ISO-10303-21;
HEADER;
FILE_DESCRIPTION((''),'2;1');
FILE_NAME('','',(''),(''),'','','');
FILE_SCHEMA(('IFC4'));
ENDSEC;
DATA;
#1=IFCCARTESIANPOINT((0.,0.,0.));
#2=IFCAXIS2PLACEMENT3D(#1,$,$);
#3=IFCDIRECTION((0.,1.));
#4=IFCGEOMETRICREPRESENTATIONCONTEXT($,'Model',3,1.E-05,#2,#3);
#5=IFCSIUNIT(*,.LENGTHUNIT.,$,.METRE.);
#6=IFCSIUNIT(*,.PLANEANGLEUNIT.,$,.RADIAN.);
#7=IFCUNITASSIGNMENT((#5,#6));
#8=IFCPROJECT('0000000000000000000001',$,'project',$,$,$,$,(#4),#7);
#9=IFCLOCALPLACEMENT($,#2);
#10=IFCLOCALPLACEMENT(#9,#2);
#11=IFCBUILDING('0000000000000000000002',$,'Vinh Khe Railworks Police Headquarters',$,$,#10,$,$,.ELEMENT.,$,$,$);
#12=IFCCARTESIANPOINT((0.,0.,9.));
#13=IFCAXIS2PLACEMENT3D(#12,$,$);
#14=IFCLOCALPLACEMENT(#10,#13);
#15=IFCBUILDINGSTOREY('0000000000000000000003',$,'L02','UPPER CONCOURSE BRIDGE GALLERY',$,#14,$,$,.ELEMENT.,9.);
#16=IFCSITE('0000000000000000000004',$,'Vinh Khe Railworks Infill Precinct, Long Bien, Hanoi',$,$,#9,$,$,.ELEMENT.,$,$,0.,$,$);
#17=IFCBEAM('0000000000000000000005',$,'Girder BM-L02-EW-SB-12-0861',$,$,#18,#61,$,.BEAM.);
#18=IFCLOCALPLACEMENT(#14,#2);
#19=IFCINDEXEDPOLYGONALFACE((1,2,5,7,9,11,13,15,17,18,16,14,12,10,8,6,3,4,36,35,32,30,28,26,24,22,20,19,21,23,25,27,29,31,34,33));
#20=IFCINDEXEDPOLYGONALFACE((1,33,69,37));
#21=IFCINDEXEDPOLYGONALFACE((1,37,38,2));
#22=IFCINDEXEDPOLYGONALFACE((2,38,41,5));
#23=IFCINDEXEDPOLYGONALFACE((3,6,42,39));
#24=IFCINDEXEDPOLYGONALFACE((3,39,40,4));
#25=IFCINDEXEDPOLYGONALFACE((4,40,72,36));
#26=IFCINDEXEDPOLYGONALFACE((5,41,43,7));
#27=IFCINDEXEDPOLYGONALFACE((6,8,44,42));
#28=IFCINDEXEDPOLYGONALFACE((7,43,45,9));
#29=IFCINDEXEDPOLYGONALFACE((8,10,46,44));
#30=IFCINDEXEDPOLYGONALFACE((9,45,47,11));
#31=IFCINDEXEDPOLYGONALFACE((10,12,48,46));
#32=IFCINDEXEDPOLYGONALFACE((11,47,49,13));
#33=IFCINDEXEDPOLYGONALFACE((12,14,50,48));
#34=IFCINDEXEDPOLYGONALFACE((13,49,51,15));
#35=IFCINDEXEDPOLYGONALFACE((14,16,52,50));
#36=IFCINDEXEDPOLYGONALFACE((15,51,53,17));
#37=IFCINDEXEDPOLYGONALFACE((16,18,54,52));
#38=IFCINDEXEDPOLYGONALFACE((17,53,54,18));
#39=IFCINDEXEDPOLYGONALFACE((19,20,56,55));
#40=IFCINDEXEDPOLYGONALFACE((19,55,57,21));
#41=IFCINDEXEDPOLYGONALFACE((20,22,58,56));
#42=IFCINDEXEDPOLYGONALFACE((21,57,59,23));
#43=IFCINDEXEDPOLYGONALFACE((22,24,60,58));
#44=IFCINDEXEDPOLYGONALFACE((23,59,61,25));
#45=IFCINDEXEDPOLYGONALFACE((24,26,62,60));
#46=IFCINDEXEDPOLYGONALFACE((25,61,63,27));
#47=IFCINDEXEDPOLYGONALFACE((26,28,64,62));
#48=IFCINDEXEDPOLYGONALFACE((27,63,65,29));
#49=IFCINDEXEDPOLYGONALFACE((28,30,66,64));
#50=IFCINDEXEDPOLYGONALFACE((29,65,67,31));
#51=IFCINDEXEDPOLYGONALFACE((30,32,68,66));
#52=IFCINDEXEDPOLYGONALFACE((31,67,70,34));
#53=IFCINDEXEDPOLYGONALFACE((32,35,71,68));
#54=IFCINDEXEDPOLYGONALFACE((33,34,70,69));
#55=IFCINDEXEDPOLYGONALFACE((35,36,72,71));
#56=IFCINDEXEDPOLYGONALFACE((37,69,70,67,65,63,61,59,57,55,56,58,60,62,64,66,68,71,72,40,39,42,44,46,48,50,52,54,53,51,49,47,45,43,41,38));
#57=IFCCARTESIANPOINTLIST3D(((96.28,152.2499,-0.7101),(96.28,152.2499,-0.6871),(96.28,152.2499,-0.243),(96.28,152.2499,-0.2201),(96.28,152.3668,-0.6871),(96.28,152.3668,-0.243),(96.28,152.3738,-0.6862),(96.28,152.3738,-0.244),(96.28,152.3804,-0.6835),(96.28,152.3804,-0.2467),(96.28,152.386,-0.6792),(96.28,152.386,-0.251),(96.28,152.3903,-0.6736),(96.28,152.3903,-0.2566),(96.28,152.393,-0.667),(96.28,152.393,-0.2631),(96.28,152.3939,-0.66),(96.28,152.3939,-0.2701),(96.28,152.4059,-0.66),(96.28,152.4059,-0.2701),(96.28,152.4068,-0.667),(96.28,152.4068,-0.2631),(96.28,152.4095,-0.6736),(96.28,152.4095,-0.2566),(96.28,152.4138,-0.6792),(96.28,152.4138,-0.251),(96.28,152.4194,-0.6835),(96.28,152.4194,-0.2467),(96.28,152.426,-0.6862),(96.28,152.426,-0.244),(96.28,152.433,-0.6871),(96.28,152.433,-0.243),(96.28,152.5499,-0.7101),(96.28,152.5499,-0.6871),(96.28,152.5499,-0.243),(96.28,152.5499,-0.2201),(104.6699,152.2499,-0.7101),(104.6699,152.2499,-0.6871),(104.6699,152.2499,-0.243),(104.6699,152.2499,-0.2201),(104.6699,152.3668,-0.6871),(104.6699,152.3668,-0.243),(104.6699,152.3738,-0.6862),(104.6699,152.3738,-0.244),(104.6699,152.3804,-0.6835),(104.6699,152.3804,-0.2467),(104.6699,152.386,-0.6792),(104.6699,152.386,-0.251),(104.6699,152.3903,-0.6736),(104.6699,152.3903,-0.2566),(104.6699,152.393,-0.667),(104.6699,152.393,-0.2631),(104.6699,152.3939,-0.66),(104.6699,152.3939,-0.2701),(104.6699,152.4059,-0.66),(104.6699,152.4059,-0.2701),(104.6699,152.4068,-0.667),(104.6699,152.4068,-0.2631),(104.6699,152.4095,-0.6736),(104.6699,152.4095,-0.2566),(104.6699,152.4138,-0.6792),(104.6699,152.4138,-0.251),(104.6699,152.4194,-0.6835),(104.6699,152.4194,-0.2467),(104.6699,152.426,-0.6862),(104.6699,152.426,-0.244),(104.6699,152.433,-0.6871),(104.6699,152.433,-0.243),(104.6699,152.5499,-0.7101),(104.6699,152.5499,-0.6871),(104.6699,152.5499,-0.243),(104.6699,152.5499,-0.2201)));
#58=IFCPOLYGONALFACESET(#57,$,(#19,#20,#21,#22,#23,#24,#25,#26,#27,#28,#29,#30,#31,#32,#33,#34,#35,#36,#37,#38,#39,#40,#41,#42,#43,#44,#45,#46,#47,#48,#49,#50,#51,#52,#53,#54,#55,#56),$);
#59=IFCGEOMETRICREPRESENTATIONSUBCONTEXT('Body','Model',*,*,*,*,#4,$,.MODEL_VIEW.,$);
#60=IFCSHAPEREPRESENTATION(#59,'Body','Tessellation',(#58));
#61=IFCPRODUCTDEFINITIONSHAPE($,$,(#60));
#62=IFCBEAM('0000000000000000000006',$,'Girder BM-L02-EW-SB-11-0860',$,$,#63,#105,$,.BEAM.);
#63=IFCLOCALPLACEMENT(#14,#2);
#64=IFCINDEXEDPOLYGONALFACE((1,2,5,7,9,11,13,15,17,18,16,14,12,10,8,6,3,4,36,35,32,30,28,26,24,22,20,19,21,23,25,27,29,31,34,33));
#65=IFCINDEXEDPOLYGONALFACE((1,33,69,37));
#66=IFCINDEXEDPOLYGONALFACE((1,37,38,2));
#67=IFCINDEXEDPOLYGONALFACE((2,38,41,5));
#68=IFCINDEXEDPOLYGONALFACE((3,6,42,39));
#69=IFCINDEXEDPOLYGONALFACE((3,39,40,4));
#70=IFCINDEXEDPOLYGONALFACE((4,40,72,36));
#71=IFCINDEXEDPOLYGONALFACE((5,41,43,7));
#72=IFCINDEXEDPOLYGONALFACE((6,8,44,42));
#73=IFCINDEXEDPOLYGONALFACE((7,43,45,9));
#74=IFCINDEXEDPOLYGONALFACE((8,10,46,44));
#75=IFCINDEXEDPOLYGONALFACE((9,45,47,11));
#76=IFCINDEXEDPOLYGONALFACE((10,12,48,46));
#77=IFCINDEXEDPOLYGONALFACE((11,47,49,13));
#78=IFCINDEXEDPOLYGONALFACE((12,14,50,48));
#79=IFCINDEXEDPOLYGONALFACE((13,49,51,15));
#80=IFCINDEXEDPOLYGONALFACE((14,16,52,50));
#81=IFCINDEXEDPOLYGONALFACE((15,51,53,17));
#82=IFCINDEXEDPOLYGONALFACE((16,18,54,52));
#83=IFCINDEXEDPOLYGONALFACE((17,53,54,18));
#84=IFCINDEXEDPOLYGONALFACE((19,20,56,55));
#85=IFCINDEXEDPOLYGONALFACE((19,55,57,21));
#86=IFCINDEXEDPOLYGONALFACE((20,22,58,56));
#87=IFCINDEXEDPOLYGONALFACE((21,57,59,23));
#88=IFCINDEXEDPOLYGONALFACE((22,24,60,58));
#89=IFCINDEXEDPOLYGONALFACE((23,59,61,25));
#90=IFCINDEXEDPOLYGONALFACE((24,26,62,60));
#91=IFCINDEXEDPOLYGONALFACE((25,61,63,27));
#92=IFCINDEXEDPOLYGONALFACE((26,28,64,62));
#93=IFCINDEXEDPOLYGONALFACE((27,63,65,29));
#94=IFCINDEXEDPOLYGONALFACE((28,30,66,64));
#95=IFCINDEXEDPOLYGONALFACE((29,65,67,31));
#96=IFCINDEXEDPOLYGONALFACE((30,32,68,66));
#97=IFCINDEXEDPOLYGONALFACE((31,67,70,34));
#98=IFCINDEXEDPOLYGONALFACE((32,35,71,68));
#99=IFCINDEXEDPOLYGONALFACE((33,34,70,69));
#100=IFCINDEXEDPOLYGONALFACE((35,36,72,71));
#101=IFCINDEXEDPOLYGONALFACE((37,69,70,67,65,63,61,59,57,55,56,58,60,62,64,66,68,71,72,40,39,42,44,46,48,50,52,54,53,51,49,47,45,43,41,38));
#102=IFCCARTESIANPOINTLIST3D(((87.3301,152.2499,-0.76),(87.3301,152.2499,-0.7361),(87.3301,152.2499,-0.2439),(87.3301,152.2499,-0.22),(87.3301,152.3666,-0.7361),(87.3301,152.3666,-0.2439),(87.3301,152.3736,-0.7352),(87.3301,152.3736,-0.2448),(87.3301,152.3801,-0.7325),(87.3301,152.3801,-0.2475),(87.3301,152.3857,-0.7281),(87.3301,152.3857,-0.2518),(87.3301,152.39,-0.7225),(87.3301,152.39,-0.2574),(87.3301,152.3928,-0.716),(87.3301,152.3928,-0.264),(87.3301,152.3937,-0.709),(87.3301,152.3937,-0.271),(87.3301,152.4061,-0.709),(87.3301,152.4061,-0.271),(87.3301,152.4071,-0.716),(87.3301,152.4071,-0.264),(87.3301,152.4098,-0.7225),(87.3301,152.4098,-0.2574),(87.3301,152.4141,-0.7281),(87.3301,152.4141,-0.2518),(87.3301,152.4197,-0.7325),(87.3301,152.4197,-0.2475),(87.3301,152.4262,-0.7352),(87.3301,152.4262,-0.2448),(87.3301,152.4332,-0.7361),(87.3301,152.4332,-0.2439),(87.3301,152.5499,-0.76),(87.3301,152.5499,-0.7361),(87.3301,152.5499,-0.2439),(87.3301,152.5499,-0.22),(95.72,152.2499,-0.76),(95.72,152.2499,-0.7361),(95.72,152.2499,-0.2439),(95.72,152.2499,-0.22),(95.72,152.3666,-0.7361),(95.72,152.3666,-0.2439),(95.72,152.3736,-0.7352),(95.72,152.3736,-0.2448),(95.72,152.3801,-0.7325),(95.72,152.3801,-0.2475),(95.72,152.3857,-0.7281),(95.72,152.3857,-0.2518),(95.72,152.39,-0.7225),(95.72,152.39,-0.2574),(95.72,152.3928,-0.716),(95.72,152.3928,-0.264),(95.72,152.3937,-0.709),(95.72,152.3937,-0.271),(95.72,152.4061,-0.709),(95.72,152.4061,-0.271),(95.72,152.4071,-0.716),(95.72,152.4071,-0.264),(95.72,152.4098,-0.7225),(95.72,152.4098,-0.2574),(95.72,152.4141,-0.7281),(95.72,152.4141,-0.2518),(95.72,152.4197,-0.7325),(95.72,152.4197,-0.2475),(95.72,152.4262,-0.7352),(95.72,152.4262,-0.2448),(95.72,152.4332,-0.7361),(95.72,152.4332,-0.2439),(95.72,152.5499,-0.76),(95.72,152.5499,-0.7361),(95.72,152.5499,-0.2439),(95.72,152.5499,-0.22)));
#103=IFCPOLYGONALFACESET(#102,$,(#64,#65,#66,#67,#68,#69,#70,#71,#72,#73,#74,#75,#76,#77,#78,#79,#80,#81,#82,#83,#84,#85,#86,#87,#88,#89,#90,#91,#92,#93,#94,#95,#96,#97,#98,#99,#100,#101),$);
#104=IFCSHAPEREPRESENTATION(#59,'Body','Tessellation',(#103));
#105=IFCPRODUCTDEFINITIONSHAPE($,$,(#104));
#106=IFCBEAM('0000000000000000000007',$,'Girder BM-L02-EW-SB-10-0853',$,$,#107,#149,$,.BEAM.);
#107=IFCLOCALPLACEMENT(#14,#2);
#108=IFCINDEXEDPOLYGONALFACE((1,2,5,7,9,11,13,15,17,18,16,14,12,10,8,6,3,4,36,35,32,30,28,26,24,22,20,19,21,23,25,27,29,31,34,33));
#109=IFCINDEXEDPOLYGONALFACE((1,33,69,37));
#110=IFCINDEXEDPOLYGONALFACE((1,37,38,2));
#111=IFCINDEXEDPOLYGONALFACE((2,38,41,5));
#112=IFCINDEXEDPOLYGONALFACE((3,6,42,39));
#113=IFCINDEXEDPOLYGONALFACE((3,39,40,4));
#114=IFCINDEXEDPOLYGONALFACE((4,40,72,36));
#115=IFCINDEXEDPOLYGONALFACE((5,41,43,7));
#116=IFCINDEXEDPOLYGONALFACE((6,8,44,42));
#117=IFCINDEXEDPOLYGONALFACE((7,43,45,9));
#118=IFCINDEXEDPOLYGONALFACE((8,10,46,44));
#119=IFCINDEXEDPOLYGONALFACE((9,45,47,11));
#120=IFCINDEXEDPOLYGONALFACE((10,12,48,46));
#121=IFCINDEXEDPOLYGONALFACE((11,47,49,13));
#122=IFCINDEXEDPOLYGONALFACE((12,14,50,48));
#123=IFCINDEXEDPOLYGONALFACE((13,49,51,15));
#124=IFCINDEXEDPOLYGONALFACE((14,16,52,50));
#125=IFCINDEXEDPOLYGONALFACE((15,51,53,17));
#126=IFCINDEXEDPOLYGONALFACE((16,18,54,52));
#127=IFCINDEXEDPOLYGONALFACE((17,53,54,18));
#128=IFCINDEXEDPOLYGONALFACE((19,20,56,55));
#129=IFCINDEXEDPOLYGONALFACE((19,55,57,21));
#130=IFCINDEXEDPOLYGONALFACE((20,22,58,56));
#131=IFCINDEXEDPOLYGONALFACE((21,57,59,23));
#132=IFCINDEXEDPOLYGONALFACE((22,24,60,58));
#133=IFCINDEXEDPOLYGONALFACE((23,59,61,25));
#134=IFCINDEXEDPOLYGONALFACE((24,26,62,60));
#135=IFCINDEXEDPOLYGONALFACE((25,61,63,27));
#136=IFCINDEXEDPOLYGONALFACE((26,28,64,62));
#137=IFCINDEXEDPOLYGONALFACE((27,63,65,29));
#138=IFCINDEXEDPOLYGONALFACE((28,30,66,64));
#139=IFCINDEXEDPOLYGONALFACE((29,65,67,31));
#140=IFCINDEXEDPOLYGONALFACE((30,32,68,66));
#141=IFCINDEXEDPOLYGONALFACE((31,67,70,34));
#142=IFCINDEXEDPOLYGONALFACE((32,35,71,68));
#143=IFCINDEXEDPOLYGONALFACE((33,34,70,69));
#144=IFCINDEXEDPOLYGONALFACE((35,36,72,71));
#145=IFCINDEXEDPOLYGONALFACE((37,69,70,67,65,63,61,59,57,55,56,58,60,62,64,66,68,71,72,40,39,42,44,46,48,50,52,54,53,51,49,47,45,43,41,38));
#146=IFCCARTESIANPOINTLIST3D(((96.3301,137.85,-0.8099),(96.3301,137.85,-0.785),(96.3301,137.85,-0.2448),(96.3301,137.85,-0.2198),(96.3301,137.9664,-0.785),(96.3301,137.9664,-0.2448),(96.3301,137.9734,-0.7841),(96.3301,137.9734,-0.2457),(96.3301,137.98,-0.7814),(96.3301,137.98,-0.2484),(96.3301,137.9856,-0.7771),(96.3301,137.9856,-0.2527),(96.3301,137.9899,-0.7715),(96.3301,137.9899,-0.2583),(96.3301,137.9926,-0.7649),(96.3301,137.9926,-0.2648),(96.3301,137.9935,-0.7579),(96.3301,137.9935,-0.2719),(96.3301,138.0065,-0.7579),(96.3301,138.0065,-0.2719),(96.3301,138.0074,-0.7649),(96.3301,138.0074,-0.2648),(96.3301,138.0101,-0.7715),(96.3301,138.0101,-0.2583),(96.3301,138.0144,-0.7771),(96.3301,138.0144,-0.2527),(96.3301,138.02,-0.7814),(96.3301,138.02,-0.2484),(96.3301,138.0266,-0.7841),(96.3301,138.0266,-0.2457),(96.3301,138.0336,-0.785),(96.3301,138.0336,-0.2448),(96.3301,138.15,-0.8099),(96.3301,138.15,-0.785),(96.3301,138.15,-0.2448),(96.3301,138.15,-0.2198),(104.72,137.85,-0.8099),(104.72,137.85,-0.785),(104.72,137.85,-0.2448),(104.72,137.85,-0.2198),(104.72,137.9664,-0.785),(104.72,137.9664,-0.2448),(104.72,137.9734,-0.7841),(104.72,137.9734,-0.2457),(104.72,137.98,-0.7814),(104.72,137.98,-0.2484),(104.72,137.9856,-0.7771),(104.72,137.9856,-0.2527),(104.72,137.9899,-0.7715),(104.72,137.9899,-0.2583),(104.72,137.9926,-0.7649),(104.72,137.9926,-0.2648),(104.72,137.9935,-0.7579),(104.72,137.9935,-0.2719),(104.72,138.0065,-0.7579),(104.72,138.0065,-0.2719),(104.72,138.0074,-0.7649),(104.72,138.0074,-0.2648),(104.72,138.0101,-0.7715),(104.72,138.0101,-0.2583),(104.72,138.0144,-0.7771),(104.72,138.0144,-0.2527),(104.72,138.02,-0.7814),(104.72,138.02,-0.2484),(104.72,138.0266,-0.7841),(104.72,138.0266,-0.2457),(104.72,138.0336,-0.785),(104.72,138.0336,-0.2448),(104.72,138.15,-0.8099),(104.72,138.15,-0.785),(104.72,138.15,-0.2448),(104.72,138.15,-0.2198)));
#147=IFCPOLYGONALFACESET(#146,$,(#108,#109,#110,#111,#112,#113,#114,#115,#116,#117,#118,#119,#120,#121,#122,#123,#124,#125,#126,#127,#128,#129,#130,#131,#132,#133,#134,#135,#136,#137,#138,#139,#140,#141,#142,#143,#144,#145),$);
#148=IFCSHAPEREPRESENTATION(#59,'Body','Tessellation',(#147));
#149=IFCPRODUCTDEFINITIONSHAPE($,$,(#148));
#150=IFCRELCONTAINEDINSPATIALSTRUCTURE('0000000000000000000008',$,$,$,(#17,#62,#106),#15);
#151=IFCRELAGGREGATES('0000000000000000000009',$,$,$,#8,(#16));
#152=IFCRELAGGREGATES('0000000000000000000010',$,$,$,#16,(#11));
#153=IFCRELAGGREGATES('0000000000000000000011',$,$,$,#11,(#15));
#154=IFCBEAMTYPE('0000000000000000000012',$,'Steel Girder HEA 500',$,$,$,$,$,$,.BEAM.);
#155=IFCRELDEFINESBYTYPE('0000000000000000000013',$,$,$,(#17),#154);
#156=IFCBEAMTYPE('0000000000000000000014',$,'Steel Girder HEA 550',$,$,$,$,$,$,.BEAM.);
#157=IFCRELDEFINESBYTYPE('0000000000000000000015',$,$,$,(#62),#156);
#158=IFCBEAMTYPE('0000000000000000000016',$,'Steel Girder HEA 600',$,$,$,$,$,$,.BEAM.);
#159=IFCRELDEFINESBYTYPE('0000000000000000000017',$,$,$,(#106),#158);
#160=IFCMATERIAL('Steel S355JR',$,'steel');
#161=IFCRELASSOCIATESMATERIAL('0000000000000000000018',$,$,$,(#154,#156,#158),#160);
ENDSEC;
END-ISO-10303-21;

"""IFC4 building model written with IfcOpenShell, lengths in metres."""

from ifc_helpers import new_model, si_unit, direction, frame, origin, origin_2d, place, context, subcontext, project, spatial, i_section, extrude, material, material_profile, profile_set, type_object, element, save


model = new_model("IFC4")

# Units and contexts
model_context = context("Model", 3, precision=1e-05, world=origin(), true_north=direction((0.0, 1.0)))
body_context = subcontext(model_context, "Body", "Model", "MODEL_VIEW")
ifc_project = project(units=[si_unit("LENGTHUNIT", "METRE"), si_unit("PLANEANGLEUNIT", "RADIAN")], contexts=[model_context])

# Site, building, storey
site_placement = place(None, origin())
site = spatial("IfcSite", under=ifc_project, at=site_placement, Name="Vinh Khe Railworks Infill Precinct, Long Bien, Hanoi", CompositionType="ELEMENT", RefElevation=0.0)
building_placement = place(site_placement, origin())
building = spatial("IfcBuilding", under=site, at=building_placement, Name="Vinh Khe Railworks Police Headquarters", CompositionType="ELEMENT")
storey_placement = place(building_placement, frame((0.0, 0.0, 9.0)))
storey = spatial("IfcBuildingStorey", under=building, at=storey_placement, Name="L02", Description="UPPER CONCOURSE BRIDGE GALLERY", CompositionType="ELEMENT", Elevation=9.0)

# Shared definitions
ifc_material_1 = material(Name="Steel S355JR", Category="steel")

# Beams
ifc_material_profile_1 = material_profile(ifc_material_1, i_section(OverallWidth=0.3, OverallDepth=0.49, WebThickness=0.012, FlangeThickness=0.0229, FilletRadius=0.0271, at=origin_2d()), Name="HEA 500")
ifc_profile_set_1 = profile_set([ifc_material_profile_1], Name="Steel S355JR")
beam_type_1 = type_object("IfcBeamType", Name="Steel Girder HEA 500", PredefinedType="BEAM", material=ifc_profile_set_1)
beam_1_placement = place(storey_placement, frame((96.28, 152.3999, -0.4651), z_axis=(1.0, 0.0, 0.0), x_axis=(0.0, 1.0, 0.0)))
element("IfcBeam", 1, at=beam_1_placement, inside=storey, type_object=beam_type_1, Name="Girder BM-L02-EW-SB-12-0861", PredefinedType="BEAM", context=body_context, shape_type="SweptSolid", body=[
    extrude(i_section(OverallWidth=0.3, OverallDepth=0.49, WebThickness=0.012, FlangeThickness=0.0229, FilletRadius=0.0271, at=origin_2d()), origin(), (0.0, 0.0, 1.0), 8.3899),
])
ifc_material_profile_2 = material_profile(ifc_material_1, i_section(OverallWidth=0.3, OverallDepth=0.54, WebThickness=0.0125, FlangeThickness=0.0239, FilletRadius=0.0271, at=origin_2d()), Name="HEA 550")
ifc_profile_set_2 = profile_set([ifc_material_profile_2], Name="Steel S355JR")
beam_type_2 = type_object("IfcBeamType", Name="Steel Girder HEA 550", PredefinedType="BEAM", material=ifc_profile_set_2)
beam_2_placement = place(storey_placement, frame((87.3301, 152.3999, -0.49), z_axis=(1.0, 0.0, 0.0), x_axis=(0.0, 1.0, 0.0)))
element("IfcBeam", 2, at=beam_2_placement, inside=storey, type_object=beam_type_2, Name="Girder BM-L02-EW-SB-11-0860", PredefinedType="BEAM", context=body_context, shape_type="SweptSolid", body=[
    extrude(i_section(OverallWidth=0.3, OverallDepth=0.54, WebThickness=0.0125, FlangeThickness=0.0239, FilletRadius=0.0271, at=origin_2d()), origin(), (0.0, 0.0, 1.0), 8.3899),
])
ifc_material_profile_3 = material_profile(ifc_material_1, i_section(OverallWidth=0.3, OverallDepth=0.5901, WebThickness=0.0129, FlangeThickness=0.0249, FilletRadius=0.0271, at=origin_2d()), Name="HEA 600")
ifc_profile_set_3 = profile_set([ifc_material_profile_3], Name="Steel S355JR")
beam_type_3 = type_object("IfcBeamType", Name="Steel Girder HEA 600", PredefinedType="BEAM", material=ifc_profile_set_3)
beam_3_placement = place(storey_placement, frame((96.3301, 138.0, -0.5149), z_axis=(1.0, 0.0, 0.0), x_axis=(0.0, 1.0, 0.0)))
element("IfcBeam", 3, at=beam_3_placement, inside=storey, type_object=beam_type_3, Name="Girder BM-L02-EW-SB-10-0853", PredefinedType="BEAM", context=body_context, shape_type="SweptSolid", body=[
    extrude(i_section(OverallWidth=0.3, OverallDepth=0.5901, WebThickness=0.0129, FlangeThickness=0.0249, FilletRadius=0.0271, at=origin_2d()), origin(), (0.0, 0.0, 1.0), 8.3899),
])

save(model, "model.ifc")
